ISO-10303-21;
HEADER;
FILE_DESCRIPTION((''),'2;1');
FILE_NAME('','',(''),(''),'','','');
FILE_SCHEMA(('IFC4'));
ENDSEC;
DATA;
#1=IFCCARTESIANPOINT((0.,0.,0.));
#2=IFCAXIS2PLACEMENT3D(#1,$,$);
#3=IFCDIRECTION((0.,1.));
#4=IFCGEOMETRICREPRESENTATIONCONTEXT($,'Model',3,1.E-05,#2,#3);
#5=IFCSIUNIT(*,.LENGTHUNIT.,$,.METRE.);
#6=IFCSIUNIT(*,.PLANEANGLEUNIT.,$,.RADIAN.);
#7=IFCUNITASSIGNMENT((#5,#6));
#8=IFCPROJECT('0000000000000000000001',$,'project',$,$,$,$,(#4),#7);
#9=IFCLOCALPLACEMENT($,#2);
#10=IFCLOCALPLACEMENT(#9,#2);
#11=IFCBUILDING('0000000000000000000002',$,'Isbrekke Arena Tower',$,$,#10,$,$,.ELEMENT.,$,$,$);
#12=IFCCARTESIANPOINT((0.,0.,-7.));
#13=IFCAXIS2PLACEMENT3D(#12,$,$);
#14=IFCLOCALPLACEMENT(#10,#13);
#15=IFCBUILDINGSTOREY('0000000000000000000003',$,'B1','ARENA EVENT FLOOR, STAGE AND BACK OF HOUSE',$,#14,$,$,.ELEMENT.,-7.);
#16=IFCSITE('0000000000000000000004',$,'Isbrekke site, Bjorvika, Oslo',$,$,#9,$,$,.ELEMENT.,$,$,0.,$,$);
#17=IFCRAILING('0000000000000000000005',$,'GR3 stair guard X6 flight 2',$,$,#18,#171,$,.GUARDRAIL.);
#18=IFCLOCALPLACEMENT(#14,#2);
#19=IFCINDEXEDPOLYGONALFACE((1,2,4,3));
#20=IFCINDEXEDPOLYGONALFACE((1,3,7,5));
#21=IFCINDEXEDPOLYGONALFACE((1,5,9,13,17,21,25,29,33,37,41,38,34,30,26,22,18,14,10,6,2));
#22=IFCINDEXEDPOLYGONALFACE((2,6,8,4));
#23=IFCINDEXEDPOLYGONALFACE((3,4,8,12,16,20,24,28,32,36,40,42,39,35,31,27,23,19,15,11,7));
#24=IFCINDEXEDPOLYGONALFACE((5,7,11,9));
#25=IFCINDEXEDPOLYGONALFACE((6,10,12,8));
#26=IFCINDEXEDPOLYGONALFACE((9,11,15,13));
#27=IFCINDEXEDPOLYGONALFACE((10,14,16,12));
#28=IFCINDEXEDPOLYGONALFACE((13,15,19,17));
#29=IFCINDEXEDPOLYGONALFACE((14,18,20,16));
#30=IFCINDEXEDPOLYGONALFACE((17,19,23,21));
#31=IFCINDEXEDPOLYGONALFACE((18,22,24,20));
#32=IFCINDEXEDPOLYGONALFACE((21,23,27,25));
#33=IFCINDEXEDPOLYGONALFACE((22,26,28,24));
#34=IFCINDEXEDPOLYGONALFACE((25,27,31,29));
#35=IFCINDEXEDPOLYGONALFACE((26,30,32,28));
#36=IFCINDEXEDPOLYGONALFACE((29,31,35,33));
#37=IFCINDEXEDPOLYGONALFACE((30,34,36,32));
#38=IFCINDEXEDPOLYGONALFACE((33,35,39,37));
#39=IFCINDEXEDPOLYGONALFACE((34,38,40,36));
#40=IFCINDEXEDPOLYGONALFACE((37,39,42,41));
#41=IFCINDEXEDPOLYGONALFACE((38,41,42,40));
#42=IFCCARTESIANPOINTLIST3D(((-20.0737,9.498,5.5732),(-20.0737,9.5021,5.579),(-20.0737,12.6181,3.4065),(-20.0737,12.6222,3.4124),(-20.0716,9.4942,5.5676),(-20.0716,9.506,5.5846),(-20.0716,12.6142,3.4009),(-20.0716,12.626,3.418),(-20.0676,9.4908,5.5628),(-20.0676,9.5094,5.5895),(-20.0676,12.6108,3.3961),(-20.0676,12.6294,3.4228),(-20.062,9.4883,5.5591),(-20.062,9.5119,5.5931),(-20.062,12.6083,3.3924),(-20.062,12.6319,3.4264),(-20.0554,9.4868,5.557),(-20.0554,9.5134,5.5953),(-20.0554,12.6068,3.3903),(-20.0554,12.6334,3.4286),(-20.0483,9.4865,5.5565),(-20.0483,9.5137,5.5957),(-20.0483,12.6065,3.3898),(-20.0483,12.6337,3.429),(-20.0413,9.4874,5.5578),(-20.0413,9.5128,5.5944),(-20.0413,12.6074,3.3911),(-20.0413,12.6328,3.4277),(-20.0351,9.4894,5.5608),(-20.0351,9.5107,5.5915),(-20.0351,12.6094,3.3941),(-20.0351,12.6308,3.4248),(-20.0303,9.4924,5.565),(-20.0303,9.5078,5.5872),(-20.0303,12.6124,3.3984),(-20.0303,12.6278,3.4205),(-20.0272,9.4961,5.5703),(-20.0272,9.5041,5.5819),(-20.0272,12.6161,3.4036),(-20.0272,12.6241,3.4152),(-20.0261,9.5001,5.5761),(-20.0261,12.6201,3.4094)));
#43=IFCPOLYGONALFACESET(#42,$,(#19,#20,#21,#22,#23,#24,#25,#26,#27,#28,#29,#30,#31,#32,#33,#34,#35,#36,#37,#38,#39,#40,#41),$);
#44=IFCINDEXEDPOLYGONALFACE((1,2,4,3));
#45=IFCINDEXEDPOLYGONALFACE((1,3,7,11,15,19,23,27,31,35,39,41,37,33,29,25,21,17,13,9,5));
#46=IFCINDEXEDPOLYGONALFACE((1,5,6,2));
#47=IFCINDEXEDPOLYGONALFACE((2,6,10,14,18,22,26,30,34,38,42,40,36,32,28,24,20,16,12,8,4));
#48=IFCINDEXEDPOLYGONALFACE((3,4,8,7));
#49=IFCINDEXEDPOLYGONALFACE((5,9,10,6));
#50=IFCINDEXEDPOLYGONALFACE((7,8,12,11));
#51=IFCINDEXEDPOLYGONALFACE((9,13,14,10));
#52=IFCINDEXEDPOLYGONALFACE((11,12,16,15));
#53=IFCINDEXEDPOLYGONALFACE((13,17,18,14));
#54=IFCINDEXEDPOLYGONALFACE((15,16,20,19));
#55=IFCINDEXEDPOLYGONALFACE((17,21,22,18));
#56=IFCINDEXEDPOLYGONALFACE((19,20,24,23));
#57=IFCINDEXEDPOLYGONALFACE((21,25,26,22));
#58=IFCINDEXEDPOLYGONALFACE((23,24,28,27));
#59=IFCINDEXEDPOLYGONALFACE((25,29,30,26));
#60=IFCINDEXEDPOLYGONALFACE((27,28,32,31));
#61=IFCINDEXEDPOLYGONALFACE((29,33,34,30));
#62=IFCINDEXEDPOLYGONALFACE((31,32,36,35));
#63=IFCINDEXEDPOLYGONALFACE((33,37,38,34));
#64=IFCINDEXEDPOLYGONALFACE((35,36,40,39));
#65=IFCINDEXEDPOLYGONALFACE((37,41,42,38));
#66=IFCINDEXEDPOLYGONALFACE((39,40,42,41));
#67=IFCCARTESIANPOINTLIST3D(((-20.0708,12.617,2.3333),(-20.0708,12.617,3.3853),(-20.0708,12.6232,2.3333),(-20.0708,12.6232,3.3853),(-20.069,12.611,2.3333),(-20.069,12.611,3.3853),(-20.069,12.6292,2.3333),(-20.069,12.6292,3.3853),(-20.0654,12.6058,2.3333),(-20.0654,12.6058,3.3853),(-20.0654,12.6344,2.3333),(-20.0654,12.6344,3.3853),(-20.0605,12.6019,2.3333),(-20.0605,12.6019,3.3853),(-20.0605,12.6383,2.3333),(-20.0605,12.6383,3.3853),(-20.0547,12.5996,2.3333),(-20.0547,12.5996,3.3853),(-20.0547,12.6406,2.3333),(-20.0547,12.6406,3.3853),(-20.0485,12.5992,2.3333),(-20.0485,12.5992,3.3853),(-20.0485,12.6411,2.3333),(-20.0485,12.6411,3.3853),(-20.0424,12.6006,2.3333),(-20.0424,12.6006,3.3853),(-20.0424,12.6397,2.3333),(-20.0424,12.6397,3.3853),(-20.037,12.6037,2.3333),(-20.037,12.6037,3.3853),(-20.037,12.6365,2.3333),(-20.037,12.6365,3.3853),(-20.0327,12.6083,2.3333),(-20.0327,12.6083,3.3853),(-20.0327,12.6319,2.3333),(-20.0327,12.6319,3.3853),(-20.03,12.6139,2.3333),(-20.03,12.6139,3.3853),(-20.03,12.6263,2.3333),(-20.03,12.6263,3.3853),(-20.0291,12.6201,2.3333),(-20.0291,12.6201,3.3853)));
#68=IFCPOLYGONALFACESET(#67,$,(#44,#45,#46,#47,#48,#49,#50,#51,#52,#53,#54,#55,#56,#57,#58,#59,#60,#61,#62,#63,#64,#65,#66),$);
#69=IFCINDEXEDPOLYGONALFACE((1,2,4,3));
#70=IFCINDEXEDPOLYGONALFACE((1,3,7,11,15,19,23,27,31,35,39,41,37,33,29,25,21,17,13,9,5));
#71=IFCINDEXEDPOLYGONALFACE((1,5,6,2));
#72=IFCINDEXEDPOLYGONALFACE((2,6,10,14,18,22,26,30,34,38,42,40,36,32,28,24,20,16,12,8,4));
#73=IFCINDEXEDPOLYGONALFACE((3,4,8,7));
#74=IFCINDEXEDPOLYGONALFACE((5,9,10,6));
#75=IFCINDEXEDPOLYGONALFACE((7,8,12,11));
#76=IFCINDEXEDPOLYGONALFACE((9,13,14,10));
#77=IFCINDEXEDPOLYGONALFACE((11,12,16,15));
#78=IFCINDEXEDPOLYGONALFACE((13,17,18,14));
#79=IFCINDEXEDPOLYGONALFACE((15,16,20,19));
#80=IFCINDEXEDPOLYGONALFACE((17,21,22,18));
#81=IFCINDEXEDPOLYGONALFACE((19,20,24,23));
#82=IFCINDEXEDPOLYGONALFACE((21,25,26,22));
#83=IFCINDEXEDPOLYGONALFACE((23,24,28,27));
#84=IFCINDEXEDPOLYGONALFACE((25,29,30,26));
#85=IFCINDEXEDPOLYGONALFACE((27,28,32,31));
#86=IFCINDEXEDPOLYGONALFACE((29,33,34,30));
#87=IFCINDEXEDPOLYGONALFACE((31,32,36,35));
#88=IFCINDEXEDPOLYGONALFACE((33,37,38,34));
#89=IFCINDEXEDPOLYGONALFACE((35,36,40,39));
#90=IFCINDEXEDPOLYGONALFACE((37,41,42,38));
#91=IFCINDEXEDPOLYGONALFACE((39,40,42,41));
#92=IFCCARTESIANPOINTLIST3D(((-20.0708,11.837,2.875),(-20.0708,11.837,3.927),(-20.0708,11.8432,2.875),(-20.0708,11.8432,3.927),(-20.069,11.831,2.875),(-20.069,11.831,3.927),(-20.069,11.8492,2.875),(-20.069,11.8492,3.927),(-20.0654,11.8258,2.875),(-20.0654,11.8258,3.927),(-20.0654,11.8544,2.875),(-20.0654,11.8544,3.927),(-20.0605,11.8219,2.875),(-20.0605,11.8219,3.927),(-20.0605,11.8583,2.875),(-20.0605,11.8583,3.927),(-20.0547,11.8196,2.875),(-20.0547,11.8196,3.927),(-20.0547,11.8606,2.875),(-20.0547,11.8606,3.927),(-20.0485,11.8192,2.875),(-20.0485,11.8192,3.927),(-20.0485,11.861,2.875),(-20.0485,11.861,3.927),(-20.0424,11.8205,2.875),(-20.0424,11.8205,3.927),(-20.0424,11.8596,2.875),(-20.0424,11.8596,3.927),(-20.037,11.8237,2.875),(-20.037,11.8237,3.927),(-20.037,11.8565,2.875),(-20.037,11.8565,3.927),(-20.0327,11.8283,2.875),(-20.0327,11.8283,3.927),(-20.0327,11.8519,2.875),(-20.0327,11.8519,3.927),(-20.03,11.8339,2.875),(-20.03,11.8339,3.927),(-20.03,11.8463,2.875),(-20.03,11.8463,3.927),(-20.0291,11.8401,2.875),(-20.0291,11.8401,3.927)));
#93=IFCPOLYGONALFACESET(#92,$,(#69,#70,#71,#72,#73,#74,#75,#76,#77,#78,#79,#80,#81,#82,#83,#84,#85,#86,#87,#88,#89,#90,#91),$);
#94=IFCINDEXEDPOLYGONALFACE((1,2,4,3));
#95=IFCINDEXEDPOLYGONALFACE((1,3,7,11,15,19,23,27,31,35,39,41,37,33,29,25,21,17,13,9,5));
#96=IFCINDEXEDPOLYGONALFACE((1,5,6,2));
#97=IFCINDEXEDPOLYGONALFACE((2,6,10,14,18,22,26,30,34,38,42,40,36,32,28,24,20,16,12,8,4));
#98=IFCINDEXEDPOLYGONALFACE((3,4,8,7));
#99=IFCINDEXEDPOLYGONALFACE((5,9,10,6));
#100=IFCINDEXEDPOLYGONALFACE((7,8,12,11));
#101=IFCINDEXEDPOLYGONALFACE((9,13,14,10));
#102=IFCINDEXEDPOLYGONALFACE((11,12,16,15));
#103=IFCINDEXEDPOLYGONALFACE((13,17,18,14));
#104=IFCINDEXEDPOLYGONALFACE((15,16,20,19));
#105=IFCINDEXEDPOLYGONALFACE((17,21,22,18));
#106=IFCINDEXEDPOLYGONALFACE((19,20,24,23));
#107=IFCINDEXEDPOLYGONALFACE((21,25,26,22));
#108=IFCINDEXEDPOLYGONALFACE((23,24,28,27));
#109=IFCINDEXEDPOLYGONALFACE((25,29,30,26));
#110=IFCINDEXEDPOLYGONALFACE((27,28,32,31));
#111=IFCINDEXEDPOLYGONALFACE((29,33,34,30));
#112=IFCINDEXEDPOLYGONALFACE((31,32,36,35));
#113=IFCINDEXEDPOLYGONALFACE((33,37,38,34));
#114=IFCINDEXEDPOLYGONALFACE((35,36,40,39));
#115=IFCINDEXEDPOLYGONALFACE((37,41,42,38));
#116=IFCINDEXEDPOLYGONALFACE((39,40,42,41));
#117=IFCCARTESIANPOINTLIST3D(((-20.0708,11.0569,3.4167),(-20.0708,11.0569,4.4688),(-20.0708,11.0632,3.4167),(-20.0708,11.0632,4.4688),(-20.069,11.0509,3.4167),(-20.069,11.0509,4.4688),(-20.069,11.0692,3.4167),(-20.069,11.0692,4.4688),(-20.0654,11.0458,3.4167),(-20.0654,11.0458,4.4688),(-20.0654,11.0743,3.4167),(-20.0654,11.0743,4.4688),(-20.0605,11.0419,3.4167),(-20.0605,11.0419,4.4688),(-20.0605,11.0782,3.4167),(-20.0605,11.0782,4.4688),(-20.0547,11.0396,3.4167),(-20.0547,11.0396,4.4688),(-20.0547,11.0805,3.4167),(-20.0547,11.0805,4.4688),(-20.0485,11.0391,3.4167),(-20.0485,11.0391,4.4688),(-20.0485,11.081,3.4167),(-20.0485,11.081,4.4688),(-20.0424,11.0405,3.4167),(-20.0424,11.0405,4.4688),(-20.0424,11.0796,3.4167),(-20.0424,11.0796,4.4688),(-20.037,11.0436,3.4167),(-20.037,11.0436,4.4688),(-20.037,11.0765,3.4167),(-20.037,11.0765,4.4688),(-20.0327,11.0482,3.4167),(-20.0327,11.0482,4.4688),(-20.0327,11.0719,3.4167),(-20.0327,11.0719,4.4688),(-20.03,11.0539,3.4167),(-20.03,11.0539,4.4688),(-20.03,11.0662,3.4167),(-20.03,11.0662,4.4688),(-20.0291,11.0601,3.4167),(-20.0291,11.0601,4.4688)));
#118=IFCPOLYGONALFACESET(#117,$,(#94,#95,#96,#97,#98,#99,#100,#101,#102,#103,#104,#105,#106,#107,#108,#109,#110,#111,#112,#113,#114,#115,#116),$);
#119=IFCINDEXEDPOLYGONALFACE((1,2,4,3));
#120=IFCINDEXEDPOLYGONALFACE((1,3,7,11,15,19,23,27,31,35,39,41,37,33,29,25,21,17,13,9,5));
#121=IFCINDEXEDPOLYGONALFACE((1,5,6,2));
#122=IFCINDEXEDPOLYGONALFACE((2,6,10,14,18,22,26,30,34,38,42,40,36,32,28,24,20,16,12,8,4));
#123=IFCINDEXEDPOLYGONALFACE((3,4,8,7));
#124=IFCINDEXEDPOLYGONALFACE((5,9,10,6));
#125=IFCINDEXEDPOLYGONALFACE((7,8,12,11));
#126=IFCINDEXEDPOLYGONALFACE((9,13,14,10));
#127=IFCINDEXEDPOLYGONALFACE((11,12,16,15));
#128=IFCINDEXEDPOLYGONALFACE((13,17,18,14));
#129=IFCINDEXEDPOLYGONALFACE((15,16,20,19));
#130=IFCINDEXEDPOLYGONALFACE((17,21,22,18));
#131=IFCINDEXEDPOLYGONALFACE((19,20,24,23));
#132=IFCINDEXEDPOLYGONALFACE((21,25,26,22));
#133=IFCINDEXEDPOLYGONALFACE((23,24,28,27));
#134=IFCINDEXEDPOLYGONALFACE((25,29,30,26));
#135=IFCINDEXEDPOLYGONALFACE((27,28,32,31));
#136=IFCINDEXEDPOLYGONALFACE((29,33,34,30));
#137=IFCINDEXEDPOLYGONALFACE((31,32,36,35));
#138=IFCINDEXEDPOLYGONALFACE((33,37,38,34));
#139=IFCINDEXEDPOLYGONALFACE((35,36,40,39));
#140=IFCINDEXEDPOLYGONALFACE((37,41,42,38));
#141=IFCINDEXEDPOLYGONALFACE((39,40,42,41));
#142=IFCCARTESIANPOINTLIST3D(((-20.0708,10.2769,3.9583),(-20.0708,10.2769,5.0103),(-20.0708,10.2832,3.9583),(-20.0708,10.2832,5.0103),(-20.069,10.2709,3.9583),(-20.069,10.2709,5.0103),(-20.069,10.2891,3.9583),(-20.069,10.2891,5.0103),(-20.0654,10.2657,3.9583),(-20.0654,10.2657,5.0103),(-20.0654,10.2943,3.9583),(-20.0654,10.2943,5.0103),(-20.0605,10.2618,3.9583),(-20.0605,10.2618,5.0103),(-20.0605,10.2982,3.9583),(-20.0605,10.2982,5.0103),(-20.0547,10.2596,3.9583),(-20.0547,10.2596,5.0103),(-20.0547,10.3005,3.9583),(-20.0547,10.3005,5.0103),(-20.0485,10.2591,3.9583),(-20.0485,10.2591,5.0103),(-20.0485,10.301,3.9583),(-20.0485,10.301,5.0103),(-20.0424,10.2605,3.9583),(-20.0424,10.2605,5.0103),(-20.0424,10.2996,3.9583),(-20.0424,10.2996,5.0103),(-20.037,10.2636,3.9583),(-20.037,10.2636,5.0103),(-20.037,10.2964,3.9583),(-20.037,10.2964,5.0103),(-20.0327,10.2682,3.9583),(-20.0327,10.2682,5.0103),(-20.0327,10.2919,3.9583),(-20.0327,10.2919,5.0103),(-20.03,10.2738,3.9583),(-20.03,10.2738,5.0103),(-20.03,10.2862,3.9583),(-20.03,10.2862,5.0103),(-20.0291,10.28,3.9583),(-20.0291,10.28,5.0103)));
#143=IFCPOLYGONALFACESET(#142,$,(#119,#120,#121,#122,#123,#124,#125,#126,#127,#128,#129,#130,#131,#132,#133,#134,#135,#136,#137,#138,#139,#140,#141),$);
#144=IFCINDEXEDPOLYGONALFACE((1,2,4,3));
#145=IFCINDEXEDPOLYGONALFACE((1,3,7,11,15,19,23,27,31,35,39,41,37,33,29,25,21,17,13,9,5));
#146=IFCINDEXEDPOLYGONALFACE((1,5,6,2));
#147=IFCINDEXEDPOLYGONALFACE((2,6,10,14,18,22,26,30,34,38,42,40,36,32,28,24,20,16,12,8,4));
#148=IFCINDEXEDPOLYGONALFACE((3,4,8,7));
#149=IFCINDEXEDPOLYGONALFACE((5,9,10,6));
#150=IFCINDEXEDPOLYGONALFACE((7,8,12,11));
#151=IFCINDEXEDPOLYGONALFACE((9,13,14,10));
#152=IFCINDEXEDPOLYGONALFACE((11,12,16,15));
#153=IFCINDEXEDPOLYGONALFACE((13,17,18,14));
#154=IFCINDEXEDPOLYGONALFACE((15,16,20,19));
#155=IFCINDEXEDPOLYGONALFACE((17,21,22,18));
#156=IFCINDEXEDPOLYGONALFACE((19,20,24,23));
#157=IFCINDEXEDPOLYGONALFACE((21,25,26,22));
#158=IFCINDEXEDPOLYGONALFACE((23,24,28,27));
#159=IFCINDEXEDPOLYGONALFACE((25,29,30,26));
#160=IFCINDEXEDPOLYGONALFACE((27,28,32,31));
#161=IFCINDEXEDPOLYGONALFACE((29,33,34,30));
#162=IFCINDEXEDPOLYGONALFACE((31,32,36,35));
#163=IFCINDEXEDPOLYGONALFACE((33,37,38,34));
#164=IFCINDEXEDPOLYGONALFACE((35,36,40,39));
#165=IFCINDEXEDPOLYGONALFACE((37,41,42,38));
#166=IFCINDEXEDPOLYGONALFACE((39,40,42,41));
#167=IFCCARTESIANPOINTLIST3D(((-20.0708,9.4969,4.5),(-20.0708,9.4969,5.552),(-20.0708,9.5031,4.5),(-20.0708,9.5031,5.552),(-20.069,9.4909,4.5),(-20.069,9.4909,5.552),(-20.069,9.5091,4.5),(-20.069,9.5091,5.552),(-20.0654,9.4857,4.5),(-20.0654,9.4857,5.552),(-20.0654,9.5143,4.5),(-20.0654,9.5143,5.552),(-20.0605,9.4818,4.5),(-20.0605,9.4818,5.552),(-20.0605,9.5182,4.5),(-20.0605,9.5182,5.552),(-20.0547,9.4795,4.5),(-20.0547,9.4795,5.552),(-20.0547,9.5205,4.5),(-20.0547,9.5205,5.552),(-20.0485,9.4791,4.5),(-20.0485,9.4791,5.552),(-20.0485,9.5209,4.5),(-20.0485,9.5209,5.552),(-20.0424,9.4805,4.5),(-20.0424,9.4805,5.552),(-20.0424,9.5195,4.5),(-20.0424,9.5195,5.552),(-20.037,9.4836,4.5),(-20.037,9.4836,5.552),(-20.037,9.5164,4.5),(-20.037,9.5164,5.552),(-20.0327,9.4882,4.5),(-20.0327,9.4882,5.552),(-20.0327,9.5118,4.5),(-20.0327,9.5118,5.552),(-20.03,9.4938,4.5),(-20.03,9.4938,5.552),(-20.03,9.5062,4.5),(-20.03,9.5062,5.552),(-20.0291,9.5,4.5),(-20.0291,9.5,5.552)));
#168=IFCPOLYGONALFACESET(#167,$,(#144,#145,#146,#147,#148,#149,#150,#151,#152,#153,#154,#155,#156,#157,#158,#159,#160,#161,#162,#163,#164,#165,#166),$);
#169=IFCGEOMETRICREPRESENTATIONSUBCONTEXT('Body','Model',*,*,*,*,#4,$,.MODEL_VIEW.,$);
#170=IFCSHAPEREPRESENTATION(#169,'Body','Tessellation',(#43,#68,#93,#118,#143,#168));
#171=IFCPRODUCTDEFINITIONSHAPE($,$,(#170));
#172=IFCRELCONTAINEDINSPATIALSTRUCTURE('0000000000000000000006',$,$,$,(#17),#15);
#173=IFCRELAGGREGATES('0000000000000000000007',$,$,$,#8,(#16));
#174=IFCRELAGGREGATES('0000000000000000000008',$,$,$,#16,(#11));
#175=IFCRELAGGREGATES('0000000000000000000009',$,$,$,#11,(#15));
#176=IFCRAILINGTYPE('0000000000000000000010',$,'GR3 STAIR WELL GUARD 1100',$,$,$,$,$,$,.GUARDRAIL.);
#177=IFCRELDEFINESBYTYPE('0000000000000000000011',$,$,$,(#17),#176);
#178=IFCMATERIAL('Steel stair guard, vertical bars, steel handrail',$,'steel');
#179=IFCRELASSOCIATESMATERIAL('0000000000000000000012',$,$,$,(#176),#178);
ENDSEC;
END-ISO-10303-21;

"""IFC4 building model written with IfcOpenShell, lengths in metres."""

from ifc_helpers import new_model, si_unit, direction, frame, origin, origin_2d, place, context, subcontext, project, spatial, circle, extrude, material, type_object, element, save


model = new_model("IFC4")

# Units and contexts
model_context = context("Model", 3, precision=1e-05, world=origin(), true_north=direction((0.0, 1.0)))
body_context = subcontext(model_context, "Body", "Model", "MODEL_VIEW")
ifc_project = project(units=[si_unit("LENGTHUNIT", "METRE"), si_unit("PLANEANGLEUNIT", "RADIAN")], contexts=[model_context])

# Site, building, storey
site_placement = place(None, origin())
site = spatial("IfcSite", under=ifc_project, at=site_placement, Name="Isbrekke site, Bjorvika, Oslo", CompositionType="ELEMENT", RefElevation=0.0)
building_placement = place(site_placement, origin())
building = spatial("IfcBuilding", under=site, at=building_placement, Name="Isbrekke Arena Tower", CompositionType="ELEMENT")
storey_placement = place(building_placement, frame((0.0, 0.0, -7.0)))
storey = spatial("IfcBuildingStorey", under=building, at=storey_placement, Name="B1", Description="ARENA EVENT FLOOR, STAGE AND BACK OF HOUSE", CompositionType="ELEMENT", Elevation=-7.0)

# Railing
ifc_material_1 = material(Name="Steel stair guard, vertical bars, steel handrail", Category="steel")
railing_type = type_object("IfcRailingType", Name="GR3 STAIR WELL GUARD 1100", PredefinedType="GUARDRAIL", material=ifc_material_1)
railing_1_placement = place(storey_placement, frame((-20.05, 12.6201, 2.3333)))
element("IfcRailing", 1, at=railing_1_placement, inside=storey, type_object=railing_type, Name="GR3 stair guard X6 flight 2", PredefinedType="GUARDRAIL", context=body_context, shape_type="SweptSolid", body=[
    extrude(circle(Radius=0.0239, at=origin_2d()), frame((0.0, 0.0, 1.0762), z_axis=(0.0, -0.82137, 0.570396), x_axis=(1.0, 0.0, 0.0)), (0.0, 0.0, 1.0), 3.7986),
    extrude(circle(Radius=0.021, at=origin_2d()), origin(), (0.0, 0.0, 1.0), 1.052),
    extrude(circle(Radius=0.021, at=origin_2d()), frame((0.0, -0.78, 0.5417)), (0.0, 0.0, 1.0), 1.052),
    extrude(circle(Radius=0.021, at=origin_2d()), frame((0.0, -1.5601, 1.0835)), (0.0, 0.0, 1.0), 1.052),
    extrude(circle(Radius=0.021, at=origin_2d()), frame((0.0, -2.3401, 1.625)), (0.0, 0.0, 1.0), 1.052),
    extrude(circle(Radius=0.021, at=origin_2d()), frame((0.0, -3.1201, 2.1667)), (0.0, 0.0, 1.0), 1.052),
])

save(model, "model.ifc")
